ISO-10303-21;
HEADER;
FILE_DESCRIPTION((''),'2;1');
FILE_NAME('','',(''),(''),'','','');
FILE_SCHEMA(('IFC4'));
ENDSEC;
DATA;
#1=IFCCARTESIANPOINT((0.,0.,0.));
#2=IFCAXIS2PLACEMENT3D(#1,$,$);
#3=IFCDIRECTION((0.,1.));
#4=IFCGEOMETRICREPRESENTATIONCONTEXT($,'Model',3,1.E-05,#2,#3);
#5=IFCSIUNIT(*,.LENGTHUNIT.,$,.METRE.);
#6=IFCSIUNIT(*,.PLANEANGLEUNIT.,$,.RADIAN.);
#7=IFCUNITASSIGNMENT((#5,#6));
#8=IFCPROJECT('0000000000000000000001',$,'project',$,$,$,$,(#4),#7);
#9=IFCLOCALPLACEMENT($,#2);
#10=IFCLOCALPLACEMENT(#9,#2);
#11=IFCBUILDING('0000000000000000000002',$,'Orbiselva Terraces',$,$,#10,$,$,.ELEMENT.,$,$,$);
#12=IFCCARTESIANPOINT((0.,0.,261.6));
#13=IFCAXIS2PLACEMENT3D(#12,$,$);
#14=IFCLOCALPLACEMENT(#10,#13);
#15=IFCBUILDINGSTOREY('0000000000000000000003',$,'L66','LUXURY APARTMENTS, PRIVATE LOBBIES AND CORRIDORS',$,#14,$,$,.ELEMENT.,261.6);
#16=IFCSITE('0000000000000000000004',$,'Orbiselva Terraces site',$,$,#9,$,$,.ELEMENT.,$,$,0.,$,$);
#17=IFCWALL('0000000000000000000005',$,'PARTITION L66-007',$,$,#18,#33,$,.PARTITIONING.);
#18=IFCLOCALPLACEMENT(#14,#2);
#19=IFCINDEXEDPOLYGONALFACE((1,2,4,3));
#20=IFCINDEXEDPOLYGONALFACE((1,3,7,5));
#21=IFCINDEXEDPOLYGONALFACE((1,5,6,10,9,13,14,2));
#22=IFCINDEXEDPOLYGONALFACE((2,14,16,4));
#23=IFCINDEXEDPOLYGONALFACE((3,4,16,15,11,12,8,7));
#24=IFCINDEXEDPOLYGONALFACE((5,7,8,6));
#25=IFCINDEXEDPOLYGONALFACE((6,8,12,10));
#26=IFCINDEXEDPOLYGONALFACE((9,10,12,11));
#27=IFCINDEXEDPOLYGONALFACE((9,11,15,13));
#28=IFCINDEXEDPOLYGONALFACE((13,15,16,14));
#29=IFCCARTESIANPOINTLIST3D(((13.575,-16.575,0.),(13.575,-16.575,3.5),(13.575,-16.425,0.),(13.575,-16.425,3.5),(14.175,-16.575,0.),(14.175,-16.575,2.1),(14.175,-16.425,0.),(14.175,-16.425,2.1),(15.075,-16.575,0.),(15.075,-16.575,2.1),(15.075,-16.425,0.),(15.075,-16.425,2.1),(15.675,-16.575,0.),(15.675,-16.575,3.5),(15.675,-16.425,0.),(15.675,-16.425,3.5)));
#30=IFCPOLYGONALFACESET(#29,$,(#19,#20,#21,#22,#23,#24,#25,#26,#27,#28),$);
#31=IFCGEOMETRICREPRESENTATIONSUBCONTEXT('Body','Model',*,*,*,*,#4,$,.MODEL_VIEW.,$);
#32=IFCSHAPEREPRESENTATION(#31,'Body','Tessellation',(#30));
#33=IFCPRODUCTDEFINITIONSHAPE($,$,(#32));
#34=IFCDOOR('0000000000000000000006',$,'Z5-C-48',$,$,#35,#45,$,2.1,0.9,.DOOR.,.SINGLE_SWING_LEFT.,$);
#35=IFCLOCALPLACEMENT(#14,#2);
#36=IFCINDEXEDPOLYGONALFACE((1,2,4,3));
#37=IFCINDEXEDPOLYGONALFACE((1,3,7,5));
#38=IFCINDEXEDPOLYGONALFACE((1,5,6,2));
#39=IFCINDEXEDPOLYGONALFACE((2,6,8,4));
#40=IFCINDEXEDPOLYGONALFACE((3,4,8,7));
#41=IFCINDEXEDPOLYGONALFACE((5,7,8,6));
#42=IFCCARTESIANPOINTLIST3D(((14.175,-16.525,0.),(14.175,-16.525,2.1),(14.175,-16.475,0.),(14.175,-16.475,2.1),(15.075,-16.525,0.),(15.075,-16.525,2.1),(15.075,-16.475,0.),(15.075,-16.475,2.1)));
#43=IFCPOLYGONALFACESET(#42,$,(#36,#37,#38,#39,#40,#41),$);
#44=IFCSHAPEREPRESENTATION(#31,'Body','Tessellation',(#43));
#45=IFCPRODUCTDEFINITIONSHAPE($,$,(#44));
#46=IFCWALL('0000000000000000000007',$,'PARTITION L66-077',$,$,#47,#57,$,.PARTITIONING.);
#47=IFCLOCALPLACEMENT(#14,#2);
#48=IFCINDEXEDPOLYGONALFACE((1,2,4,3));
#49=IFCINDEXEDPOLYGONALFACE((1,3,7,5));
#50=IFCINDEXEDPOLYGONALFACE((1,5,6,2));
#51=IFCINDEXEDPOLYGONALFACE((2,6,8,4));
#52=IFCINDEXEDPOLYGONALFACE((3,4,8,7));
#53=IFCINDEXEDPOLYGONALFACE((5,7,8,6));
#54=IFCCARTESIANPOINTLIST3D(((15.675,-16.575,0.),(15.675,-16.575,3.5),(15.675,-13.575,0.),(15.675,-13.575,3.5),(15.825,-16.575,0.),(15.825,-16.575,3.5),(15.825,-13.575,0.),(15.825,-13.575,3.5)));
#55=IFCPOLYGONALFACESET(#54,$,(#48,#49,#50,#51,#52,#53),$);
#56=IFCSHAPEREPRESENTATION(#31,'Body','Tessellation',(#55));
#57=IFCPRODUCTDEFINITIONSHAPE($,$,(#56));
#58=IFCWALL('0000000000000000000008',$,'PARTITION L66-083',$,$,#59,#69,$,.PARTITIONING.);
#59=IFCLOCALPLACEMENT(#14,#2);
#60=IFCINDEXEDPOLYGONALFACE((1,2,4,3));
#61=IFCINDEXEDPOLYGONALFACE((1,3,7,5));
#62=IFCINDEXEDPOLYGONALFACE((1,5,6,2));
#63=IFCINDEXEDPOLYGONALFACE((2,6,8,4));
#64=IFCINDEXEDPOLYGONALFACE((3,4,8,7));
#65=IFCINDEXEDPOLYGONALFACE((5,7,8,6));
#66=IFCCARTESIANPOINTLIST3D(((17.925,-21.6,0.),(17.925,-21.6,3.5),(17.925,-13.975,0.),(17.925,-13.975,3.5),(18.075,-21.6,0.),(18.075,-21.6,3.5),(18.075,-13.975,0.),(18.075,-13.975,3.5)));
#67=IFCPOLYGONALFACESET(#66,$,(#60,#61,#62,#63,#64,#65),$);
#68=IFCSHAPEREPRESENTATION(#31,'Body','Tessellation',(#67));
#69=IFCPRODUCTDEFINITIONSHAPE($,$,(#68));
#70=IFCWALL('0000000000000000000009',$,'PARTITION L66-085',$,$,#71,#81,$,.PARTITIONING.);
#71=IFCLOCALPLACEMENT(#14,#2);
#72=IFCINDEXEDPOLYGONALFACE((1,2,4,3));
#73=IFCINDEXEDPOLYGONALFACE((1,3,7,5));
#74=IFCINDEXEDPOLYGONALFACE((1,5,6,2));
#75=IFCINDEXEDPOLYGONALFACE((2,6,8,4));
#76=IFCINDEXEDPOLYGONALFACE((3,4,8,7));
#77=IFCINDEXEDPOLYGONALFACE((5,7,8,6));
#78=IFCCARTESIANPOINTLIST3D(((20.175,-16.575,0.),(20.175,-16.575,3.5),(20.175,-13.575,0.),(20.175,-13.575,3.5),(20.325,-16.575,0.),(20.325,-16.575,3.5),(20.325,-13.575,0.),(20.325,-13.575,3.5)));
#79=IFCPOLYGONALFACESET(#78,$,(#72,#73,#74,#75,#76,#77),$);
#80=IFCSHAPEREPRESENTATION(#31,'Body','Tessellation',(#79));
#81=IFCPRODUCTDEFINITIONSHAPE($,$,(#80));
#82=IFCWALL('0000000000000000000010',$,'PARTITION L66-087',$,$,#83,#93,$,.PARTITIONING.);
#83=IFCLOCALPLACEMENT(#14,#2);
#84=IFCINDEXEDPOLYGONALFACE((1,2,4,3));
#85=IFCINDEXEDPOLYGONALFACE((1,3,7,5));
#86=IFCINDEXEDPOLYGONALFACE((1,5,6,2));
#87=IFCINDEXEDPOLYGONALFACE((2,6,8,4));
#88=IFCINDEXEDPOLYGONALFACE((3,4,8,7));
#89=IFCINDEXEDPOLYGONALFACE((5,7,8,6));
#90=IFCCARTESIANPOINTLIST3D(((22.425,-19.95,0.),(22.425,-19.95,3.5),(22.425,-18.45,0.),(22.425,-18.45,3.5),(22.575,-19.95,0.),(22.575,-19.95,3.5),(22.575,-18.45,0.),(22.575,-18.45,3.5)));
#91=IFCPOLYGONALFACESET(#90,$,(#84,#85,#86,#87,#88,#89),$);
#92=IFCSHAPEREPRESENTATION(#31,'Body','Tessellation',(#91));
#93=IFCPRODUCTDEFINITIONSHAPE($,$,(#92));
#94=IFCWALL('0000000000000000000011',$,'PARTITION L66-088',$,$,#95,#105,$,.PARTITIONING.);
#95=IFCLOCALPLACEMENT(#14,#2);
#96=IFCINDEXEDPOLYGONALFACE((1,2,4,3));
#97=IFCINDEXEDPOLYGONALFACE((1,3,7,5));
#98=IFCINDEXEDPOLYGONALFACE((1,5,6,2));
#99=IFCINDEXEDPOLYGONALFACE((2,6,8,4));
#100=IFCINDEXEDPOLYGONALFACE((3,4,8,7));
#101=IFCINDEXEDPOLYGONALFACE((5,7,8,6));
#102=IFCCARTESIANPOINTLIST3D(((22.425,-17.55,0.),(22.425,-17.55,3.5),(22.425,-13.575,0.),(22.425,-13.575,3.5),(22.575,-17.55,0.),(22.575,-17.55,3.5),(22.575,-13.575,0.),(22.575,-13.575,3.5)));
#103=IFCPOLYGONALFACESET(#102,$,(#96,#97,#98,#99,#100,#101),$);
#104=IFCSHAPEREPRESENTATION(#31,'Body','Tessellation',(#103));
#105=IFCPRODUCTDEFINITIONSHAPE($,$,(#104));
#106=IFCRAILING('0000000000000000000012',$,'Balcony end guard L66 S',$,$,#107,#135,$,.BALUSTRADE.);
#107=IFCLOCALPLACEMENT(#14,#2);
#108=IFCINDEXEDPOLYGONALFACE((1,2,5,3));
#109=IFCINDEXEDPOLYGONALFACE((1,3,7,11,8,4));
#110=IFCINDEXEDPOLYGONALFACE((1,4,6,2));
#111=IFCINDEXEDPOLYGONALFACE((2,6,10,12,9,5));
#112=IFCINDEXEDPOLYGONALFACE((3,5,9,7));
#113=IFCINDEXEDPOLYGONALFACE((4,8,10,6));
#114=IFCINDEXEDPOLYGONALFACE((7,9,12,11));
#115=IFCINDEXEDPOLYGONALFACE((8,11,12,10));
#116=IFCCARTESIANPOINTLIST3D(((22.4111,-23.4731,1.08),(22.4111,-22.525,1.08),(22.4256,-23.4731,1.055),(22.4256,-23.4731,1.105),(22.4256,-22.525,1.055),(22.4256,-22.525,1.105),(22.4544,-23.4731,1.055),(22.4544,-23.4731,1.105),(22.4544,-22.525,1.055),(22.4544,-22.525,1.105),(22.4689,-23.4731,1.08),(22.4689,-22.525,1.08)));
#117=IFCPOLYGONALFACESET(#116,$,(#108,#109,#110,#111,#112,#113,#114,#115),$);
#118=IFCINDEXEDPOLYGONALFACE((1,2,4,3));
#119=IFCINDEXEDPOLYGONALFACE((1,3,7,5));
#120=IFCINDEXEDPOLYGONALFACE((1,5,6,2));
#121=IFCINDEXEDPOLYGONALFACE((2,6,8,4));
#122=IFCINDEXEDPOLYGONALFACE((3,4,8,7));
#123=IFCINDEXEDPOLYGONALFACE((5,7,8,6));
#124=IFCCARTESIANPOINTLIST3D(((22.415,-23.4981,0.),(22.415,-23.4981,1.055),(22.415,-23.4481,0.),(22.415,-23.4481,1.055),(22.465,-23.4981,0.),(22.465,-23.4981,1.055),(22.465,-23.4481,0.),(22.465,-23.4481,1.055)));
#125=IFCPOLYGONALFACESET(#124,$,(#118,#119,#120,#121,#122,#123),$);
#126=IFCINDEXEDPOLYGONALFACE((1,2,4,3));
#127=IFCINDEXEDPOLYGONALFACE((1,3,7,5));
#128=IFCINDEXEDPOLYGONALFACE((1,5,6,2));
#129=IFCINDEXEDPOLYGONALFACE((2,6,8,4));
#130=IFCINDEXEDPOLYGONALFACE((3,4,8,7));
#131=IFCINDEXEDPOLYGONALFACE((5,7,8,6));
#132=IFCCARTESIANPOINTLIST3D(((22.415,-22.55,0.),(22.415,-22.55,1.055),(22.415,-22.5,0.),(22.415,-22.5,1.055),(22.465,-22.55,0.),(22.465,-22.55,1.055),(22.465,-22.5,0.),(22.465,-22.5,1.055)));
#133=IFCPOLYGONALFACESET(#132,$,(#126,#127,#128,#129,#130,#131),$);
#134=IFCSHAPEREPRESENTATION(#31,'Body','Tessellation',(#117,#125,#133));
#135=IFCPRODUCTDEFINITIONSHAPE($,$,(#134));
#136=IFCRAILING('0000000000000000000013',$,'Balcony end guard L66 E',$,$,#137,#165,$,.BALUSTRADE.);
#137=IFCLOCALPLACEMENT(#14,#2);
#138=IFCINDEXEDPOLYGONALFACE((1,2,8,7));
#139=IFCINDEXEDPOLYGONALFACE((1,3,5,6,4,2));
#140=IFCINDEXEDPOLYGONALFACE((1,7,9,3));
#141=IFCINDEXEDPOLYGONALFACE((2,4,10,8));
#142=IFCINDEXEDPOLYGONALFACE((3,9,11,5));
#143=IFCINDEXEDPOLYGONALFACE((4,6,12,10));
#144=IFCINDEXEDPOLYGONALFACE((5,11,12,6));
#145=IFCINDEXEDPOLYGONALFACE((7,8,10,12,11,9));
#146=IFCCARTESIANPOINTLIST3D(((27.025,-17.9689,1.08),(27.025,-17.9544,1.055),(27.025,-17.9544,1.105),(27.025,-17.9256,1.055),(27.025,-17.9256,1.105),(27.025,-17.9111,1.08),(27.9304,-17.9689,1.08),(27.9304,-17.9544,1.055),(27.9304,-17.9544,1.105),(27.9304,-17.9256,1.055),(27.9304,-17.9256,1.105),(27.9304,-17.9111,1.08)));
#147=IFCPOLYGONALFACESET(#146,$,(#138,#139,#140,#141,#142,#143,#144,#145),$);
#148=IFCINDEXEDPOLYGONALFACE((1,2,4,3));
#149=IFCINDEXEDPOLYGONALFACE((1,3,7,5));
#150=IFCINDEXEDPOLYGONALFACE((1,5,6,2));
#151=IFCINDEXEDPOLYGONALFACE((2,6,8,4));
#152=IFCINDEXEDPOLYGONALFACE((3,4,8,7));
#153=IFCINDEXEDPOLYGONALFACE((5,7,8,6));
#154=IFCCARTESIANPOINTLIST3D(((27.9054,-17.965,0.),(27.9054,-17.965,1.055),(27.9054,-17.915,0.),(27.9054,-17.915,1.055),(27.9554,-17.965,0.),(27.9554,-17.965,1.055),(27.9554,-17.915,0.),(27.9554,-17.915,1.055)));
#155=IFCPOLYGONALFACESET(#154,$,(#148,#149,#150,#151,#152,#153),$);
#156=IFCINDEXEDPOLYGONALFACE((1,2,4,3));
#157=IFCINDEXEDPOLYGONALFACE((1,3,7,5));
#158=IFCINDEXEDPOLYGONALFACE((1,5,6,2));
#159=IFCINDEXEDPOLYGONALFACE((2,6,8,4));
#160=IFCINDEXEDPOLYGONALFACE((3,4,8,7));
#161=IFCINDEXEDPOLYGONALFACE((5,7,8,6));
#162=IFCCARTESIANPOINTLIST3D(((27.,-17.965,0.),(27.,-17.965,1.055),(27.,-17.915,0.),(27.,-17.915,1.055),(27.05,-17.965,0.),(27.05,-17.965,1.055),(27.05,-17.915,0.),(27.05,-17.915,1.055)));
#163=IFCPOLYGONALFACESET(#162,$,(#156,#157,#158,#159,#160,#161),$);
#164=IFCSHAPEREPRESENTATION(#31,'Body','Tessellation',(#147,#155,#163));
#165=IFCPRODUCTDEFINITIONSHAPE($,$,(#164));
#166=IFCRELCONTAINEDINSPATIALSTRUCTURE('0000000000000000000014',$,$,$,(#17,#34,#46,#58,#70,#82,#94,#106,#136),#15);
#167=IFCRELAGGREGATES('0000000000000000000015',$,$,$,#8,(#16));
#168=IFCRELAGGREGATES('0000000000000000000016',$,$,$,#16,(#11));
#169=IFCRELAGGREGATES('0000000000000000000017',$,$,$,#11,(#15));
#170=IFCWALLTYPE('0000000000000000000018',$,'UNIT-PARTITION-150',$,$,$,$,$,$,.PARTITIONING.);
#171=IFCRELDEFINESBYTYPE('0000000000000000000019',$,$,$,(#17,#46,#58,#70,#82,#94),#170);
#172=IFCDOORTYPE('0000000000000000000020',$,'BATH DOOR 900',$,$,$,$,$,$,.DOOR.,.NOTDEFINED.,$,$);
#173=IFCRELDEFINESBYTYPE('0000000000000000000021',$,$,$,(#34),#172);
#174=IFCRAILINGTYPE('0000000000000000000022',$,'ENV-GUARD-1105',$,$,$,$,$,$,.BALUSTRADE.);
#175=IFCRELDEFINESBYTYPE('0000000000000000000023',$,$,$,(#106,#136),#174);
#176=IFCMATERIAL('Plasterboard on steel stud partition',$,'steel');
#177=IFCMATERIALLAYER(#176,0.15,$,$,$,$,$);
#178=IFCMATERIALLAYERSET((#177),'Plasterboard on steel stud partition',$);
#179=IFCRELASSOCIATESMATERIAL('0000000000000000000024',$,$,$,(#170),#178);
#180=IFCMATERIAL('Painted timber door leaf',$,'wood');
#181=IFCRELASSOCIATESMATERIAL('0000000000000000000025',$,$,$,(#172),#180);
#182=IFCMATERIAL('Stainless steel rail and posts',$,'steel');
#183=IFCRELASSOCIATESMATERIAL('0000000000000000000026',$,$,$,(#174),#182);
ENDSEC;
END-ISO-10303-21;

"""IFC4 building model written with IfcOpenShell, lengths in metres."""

from ifc_helpers import new_model, si_unit, direction, frame, frame_2d, origin, origin_2d, place, context, subcontext, project, spatial, polyline, rectangle, outline, extrude, material, layer, layer_set, type_object, element, fill, save


model = new_model("IFC4")

# Units and contexts
model_context = context("Model", 3, precision=1e-05, world=origin(), true_north=direction((0.0, 1.0)))
body_context = subcontext(model_context, "Body", "Model", "MODEL_VIEW")
ifc_project = project(units=[si_unit("LENGTHUNIT", "METRE"), si_unit("PLANEANGLEUNIT", "RADIAN")], contexts=[model_context])

# Site, building, storey
site_placement = place(None, origin())
site = spatial("IfcSite", under=ifc_project, at=site_placement, Name="Orbiselva Terraces site", CompositionType="ELEMENT", RefElevation=0.0)
building_placement = place(site_placement, origin())
building = spatial("IfcBuilding", under=site, at=building_placement, Name="Orbiselva Terraces", CompositionType="ELEMENT")
storey_placement = place(building_placement, frame((0.0, 0.0, 261.6)))
storey = spatial("IfcBuildingStorey", under=building, at=storey_placement, Name="L66", Description="LUXURY APARTMENTS, PRIVATE LOBBIES AND CORRIDORS", CompositionType="ELEMENT", Elevation=261.6)

# Wall, opening, door
ifc_material_1 = material(Name="Plasterboard on steel stud partition", Category="steel")
ifc_layer_1 = layer(ifc_material_1, 0.15)
ifc_layer_set_1 = layer_set([ifc_layer_1], Name="Plasterboard on steel stud partition")
wall_type_1 = type_object("IfcWallType", Name="UNIT-PARTITION-150", PredefinedType="PARTITIONING", material=ifc_layer_set_1)
wall_1_placement = place(storey_placement, frame((13.575, -16.5, 0.0), z_axis=(0.0, 0.0, 1.0), x_axis=(1.0, 0.0, 0.0)))
wall_1 = element("IfcWall", 1, at=wall_1_placement, inside=storey, type_object=wall_type_1, Name="PARTITION L66-007", PredefinedType="PARTITIONING", context=body_context, shape_type="SweptSolid", body=[
    extrude(rectangle(XDim=2.1, YDim=0.15, at=frame_2d((1.05, 0.0))), origin(), (0.0, 0.0, 1.0), 3.5),
])
opening_1_placement = place(wall_1_placement, frame((0.6, 0.0, 0.0)))
opening_1 = element("IfcOpeningElement", 2, at=opening_1_placement, cuts=wall_1, PredefinedType="OPENING", context=body_context, shape_type="SweptSolid", body=[
    extrude(rectangle(XDim=0.9, YDim=2.1, at=frame_2d((0.45, 1.05))), frame((0.0, 0.085, 0.0), z_axis=(0.0, -1.0, 0.0), x_axis=(1.0, 0.0, 0.0)), (0.0, 0.0, 1.0), 0.17),
])
ifc_material_2 = material(Name="Painted timber door leaf", Category="wood")
door_type_1 = type_object("IfcDoorType", Name="BATH DOOR 900", OperationType="NOTDEFINED", PredefinedType="DOOR", material=ifc_material_2)
door_1_placement = place(opening_1_placement, origin())
door_1 = element("IfcDoor", 3, at=door_1_placement, inside=storey, type_object=door_type_1, Name="Z5-C-48", OperationType="SINGLE_SWING_LEFT", OverallHeight=2.1, OverallWidth=0.9, PredefinedType="DOOR", context=body_context, shape_type="SweptSolid", body=[
    extrude(rectangle(XDim=0.9, YDim=2.1, at=frame_2d((0.45, 1.05))), frame((0.0, 0.025, 0.0), z_axis=(0.0, -1.0, 0.0), x_axis=(1.0, 0.0, 0.0)), (0.0, 0.0, 1.0), 0.05),
])
fill(opening_1, door_1)

# Walls
wall_2_placement = place(storey_placement, frame((15.75, -16.575, 0.0), z_axis=(0.0, 0.0, 1.0), x_axis=(0.0, 1.0, 0.0)))
element("IfcWall", 4, at=wall_2_placement, inside=storey, type_object=wall_type_1, Name="PARTITION L66-077", PredefinedType="PARTITIONING", context=body_context, shape_type="SweptSolid", body=[
    extrude(rectangle(XDim=3.0, YDim=0.15, at=frame_2d((1.5, 0.0))), origin(), (0.0, 0.0, 1.0), 3.5),
])
wall_3_placement = place(storey_placement, frame((18.0, -21.6, 0.0), z_axis=(0.0, 0.0, 1.0), x_axis=(0.0, 1.0, 0.0)))
element("IfcWall", 5, at=wall_3_placement, inside=storey, type_object=wall_type_1, Name="PARTITION L66-083", PredefinedType="PARTITIONING", context=body_context, shape_type="SweptSolid", body=[
    extrude(rectangle(XDim=7.625, YDim=0.15, at=frame_2d((3.8125, 0.0))), origin(), (0.0, 0.0, 1.0), 3.5),
])
wall_4_placement = place(storey_placement, frame((20.25, -16.575, 0.0), z_axis=(0.0, 0.0, 1.0), x_axis=(0.0, 1.0, 0.0)))
element("IfcWall", 6, at=wall_4_placement, inside=storey, type_object=wall_type_1, Name="PARTITION L66-085", PredefinedType="PARTITIONING", context=body_context, shape_type="SweptSolid", body=[
    extrude(rectangle(XDim=3.0, YDim=0.15, at=frame_2d((1.5, 0.0))), origin(), (0.0, 0.0, 1.0), 3.5),
])
wall_5_placement = place(storey_placement, frame((22.5, -19.95, 0.0), z_axis=(0.0, 0.0, 1.0), x_axis=(0.0, 1.0, 0.0)))
element("IfcWall", 7, at=wall_5_placement, inside=storey, type_object=wall_type_1, Name="PARTITION L66-087", PredefinedType="PARTITIONING", context=body_context, shape_type="SweptSolid", body=[
    extrude(rectangle(XDim=1.5, YDim=0.15, at=frame_2d((0.75, 0.0))), origin(), (0.0, 0.0, 1.0), 3.5),
])
wall_6_placement = place(storey_placement, frame((22.5, -17.55, 0.0), z_axis=(0.0, 0.0, 1.0), x_axis=(0.0, 1.0, 0.0)))
element("IfcWall", 8, at=wall_6_placement, inside=storey, type_object=wall_type_1, Name="PARTITION L66-088", PredefinedType="PARTITIONING", context=body_context, shape_type="SweptSolid", body=[
    extrude(rectangle(XDim=3.975, YDim=0.15, at=frame_2d((1.9875, 0.0))), origin(), (0.0, 0.0, 1.0), 3.5),
])

# Railings
ifc_material_3 = material(Name="Stainless steel rail and posts", Category="steel")
railing_type_1 = type_object("IfcRailingType", Name="ENV-GUARD-1105", PredefinedType="BALUSTRADE", material=ifc_material_3)
railing_1_placement = place(storey_placement, frame((22.44, -23.4731, 0.0)))
element("IfcRailing", 9, at=railing_1_placement, inside=storey, type_object=railing_type_1, Name="Balcony end guard L66 S", PredefinedType="BALUSTRADE", context=body_context, shape_type="SweptSolid", body=[
    extrude(outline(polyline([(0.0289, 0.0), (0.0144, 0.025), (-0.0144, 0.025), (-0.0289, 0.0), (-0.0144, -0.025), (0.0144, -0.025), (0.0289, 0.0)])), frame((0.0, 0.0, 1.08), z_axis=(0.0, 1.0, 0.0), x_axis=(-1.0, 0.0, 0.0)), (0.0, 0.0, 1.0), 0.9481),
    extrude(rectangle(XDim=0.05, YDim=0.05, at=origin_2d()), origin(), (0.0, 0.0, 1.0), 1.055),
    extrude(rectangle(XDim=0.05, YDim=0.05, at=origin_2d()), frame((0.0, 0.9481, 0.0)), (0.0, 0.0, 1.0), 1.055),
])
railing_2_placement = place(storey_placement, frame((27.9304, -17.94, 0.0)))
element("IfcRailing", 10, at=railing_2_placement, inside=storey, type_object=railing_type_1, Name="Balcony end guard L66 E", PredefinedType="BALUSTRADE", context=body_context, shape_type="SweptSolid", body=[
    extrude(outline(polyline([(0.0289, 0.0), (0.0144, 0.025), (-0.0144, 0.025), (-0.0289, 0.0), (-0.0144, -0.025), (0.0144, -0.025), (0.0289, 0.0)])), frame((0.0, 0.0, 1.08), z_axis=(-1.0, 0.0, 0.0), x_axis=(0.0, -1.0, 0.0)), (0.0, 0.0, 1.0), 0.9054),
    extrude(rectangle(XDim=0.05, YDim=0.05, at=origin_2d()), origin(), (0.0, 0.0, 1.0), 1.055),
    extrude(rectangle(XDim=0.05, YDim=0.05, at=origin_2d()), frame((-0.9054, 0.0, 0.0)), (0.0, 0.0, 1.0), 1.055),
])

save(model, "model.ifc")
